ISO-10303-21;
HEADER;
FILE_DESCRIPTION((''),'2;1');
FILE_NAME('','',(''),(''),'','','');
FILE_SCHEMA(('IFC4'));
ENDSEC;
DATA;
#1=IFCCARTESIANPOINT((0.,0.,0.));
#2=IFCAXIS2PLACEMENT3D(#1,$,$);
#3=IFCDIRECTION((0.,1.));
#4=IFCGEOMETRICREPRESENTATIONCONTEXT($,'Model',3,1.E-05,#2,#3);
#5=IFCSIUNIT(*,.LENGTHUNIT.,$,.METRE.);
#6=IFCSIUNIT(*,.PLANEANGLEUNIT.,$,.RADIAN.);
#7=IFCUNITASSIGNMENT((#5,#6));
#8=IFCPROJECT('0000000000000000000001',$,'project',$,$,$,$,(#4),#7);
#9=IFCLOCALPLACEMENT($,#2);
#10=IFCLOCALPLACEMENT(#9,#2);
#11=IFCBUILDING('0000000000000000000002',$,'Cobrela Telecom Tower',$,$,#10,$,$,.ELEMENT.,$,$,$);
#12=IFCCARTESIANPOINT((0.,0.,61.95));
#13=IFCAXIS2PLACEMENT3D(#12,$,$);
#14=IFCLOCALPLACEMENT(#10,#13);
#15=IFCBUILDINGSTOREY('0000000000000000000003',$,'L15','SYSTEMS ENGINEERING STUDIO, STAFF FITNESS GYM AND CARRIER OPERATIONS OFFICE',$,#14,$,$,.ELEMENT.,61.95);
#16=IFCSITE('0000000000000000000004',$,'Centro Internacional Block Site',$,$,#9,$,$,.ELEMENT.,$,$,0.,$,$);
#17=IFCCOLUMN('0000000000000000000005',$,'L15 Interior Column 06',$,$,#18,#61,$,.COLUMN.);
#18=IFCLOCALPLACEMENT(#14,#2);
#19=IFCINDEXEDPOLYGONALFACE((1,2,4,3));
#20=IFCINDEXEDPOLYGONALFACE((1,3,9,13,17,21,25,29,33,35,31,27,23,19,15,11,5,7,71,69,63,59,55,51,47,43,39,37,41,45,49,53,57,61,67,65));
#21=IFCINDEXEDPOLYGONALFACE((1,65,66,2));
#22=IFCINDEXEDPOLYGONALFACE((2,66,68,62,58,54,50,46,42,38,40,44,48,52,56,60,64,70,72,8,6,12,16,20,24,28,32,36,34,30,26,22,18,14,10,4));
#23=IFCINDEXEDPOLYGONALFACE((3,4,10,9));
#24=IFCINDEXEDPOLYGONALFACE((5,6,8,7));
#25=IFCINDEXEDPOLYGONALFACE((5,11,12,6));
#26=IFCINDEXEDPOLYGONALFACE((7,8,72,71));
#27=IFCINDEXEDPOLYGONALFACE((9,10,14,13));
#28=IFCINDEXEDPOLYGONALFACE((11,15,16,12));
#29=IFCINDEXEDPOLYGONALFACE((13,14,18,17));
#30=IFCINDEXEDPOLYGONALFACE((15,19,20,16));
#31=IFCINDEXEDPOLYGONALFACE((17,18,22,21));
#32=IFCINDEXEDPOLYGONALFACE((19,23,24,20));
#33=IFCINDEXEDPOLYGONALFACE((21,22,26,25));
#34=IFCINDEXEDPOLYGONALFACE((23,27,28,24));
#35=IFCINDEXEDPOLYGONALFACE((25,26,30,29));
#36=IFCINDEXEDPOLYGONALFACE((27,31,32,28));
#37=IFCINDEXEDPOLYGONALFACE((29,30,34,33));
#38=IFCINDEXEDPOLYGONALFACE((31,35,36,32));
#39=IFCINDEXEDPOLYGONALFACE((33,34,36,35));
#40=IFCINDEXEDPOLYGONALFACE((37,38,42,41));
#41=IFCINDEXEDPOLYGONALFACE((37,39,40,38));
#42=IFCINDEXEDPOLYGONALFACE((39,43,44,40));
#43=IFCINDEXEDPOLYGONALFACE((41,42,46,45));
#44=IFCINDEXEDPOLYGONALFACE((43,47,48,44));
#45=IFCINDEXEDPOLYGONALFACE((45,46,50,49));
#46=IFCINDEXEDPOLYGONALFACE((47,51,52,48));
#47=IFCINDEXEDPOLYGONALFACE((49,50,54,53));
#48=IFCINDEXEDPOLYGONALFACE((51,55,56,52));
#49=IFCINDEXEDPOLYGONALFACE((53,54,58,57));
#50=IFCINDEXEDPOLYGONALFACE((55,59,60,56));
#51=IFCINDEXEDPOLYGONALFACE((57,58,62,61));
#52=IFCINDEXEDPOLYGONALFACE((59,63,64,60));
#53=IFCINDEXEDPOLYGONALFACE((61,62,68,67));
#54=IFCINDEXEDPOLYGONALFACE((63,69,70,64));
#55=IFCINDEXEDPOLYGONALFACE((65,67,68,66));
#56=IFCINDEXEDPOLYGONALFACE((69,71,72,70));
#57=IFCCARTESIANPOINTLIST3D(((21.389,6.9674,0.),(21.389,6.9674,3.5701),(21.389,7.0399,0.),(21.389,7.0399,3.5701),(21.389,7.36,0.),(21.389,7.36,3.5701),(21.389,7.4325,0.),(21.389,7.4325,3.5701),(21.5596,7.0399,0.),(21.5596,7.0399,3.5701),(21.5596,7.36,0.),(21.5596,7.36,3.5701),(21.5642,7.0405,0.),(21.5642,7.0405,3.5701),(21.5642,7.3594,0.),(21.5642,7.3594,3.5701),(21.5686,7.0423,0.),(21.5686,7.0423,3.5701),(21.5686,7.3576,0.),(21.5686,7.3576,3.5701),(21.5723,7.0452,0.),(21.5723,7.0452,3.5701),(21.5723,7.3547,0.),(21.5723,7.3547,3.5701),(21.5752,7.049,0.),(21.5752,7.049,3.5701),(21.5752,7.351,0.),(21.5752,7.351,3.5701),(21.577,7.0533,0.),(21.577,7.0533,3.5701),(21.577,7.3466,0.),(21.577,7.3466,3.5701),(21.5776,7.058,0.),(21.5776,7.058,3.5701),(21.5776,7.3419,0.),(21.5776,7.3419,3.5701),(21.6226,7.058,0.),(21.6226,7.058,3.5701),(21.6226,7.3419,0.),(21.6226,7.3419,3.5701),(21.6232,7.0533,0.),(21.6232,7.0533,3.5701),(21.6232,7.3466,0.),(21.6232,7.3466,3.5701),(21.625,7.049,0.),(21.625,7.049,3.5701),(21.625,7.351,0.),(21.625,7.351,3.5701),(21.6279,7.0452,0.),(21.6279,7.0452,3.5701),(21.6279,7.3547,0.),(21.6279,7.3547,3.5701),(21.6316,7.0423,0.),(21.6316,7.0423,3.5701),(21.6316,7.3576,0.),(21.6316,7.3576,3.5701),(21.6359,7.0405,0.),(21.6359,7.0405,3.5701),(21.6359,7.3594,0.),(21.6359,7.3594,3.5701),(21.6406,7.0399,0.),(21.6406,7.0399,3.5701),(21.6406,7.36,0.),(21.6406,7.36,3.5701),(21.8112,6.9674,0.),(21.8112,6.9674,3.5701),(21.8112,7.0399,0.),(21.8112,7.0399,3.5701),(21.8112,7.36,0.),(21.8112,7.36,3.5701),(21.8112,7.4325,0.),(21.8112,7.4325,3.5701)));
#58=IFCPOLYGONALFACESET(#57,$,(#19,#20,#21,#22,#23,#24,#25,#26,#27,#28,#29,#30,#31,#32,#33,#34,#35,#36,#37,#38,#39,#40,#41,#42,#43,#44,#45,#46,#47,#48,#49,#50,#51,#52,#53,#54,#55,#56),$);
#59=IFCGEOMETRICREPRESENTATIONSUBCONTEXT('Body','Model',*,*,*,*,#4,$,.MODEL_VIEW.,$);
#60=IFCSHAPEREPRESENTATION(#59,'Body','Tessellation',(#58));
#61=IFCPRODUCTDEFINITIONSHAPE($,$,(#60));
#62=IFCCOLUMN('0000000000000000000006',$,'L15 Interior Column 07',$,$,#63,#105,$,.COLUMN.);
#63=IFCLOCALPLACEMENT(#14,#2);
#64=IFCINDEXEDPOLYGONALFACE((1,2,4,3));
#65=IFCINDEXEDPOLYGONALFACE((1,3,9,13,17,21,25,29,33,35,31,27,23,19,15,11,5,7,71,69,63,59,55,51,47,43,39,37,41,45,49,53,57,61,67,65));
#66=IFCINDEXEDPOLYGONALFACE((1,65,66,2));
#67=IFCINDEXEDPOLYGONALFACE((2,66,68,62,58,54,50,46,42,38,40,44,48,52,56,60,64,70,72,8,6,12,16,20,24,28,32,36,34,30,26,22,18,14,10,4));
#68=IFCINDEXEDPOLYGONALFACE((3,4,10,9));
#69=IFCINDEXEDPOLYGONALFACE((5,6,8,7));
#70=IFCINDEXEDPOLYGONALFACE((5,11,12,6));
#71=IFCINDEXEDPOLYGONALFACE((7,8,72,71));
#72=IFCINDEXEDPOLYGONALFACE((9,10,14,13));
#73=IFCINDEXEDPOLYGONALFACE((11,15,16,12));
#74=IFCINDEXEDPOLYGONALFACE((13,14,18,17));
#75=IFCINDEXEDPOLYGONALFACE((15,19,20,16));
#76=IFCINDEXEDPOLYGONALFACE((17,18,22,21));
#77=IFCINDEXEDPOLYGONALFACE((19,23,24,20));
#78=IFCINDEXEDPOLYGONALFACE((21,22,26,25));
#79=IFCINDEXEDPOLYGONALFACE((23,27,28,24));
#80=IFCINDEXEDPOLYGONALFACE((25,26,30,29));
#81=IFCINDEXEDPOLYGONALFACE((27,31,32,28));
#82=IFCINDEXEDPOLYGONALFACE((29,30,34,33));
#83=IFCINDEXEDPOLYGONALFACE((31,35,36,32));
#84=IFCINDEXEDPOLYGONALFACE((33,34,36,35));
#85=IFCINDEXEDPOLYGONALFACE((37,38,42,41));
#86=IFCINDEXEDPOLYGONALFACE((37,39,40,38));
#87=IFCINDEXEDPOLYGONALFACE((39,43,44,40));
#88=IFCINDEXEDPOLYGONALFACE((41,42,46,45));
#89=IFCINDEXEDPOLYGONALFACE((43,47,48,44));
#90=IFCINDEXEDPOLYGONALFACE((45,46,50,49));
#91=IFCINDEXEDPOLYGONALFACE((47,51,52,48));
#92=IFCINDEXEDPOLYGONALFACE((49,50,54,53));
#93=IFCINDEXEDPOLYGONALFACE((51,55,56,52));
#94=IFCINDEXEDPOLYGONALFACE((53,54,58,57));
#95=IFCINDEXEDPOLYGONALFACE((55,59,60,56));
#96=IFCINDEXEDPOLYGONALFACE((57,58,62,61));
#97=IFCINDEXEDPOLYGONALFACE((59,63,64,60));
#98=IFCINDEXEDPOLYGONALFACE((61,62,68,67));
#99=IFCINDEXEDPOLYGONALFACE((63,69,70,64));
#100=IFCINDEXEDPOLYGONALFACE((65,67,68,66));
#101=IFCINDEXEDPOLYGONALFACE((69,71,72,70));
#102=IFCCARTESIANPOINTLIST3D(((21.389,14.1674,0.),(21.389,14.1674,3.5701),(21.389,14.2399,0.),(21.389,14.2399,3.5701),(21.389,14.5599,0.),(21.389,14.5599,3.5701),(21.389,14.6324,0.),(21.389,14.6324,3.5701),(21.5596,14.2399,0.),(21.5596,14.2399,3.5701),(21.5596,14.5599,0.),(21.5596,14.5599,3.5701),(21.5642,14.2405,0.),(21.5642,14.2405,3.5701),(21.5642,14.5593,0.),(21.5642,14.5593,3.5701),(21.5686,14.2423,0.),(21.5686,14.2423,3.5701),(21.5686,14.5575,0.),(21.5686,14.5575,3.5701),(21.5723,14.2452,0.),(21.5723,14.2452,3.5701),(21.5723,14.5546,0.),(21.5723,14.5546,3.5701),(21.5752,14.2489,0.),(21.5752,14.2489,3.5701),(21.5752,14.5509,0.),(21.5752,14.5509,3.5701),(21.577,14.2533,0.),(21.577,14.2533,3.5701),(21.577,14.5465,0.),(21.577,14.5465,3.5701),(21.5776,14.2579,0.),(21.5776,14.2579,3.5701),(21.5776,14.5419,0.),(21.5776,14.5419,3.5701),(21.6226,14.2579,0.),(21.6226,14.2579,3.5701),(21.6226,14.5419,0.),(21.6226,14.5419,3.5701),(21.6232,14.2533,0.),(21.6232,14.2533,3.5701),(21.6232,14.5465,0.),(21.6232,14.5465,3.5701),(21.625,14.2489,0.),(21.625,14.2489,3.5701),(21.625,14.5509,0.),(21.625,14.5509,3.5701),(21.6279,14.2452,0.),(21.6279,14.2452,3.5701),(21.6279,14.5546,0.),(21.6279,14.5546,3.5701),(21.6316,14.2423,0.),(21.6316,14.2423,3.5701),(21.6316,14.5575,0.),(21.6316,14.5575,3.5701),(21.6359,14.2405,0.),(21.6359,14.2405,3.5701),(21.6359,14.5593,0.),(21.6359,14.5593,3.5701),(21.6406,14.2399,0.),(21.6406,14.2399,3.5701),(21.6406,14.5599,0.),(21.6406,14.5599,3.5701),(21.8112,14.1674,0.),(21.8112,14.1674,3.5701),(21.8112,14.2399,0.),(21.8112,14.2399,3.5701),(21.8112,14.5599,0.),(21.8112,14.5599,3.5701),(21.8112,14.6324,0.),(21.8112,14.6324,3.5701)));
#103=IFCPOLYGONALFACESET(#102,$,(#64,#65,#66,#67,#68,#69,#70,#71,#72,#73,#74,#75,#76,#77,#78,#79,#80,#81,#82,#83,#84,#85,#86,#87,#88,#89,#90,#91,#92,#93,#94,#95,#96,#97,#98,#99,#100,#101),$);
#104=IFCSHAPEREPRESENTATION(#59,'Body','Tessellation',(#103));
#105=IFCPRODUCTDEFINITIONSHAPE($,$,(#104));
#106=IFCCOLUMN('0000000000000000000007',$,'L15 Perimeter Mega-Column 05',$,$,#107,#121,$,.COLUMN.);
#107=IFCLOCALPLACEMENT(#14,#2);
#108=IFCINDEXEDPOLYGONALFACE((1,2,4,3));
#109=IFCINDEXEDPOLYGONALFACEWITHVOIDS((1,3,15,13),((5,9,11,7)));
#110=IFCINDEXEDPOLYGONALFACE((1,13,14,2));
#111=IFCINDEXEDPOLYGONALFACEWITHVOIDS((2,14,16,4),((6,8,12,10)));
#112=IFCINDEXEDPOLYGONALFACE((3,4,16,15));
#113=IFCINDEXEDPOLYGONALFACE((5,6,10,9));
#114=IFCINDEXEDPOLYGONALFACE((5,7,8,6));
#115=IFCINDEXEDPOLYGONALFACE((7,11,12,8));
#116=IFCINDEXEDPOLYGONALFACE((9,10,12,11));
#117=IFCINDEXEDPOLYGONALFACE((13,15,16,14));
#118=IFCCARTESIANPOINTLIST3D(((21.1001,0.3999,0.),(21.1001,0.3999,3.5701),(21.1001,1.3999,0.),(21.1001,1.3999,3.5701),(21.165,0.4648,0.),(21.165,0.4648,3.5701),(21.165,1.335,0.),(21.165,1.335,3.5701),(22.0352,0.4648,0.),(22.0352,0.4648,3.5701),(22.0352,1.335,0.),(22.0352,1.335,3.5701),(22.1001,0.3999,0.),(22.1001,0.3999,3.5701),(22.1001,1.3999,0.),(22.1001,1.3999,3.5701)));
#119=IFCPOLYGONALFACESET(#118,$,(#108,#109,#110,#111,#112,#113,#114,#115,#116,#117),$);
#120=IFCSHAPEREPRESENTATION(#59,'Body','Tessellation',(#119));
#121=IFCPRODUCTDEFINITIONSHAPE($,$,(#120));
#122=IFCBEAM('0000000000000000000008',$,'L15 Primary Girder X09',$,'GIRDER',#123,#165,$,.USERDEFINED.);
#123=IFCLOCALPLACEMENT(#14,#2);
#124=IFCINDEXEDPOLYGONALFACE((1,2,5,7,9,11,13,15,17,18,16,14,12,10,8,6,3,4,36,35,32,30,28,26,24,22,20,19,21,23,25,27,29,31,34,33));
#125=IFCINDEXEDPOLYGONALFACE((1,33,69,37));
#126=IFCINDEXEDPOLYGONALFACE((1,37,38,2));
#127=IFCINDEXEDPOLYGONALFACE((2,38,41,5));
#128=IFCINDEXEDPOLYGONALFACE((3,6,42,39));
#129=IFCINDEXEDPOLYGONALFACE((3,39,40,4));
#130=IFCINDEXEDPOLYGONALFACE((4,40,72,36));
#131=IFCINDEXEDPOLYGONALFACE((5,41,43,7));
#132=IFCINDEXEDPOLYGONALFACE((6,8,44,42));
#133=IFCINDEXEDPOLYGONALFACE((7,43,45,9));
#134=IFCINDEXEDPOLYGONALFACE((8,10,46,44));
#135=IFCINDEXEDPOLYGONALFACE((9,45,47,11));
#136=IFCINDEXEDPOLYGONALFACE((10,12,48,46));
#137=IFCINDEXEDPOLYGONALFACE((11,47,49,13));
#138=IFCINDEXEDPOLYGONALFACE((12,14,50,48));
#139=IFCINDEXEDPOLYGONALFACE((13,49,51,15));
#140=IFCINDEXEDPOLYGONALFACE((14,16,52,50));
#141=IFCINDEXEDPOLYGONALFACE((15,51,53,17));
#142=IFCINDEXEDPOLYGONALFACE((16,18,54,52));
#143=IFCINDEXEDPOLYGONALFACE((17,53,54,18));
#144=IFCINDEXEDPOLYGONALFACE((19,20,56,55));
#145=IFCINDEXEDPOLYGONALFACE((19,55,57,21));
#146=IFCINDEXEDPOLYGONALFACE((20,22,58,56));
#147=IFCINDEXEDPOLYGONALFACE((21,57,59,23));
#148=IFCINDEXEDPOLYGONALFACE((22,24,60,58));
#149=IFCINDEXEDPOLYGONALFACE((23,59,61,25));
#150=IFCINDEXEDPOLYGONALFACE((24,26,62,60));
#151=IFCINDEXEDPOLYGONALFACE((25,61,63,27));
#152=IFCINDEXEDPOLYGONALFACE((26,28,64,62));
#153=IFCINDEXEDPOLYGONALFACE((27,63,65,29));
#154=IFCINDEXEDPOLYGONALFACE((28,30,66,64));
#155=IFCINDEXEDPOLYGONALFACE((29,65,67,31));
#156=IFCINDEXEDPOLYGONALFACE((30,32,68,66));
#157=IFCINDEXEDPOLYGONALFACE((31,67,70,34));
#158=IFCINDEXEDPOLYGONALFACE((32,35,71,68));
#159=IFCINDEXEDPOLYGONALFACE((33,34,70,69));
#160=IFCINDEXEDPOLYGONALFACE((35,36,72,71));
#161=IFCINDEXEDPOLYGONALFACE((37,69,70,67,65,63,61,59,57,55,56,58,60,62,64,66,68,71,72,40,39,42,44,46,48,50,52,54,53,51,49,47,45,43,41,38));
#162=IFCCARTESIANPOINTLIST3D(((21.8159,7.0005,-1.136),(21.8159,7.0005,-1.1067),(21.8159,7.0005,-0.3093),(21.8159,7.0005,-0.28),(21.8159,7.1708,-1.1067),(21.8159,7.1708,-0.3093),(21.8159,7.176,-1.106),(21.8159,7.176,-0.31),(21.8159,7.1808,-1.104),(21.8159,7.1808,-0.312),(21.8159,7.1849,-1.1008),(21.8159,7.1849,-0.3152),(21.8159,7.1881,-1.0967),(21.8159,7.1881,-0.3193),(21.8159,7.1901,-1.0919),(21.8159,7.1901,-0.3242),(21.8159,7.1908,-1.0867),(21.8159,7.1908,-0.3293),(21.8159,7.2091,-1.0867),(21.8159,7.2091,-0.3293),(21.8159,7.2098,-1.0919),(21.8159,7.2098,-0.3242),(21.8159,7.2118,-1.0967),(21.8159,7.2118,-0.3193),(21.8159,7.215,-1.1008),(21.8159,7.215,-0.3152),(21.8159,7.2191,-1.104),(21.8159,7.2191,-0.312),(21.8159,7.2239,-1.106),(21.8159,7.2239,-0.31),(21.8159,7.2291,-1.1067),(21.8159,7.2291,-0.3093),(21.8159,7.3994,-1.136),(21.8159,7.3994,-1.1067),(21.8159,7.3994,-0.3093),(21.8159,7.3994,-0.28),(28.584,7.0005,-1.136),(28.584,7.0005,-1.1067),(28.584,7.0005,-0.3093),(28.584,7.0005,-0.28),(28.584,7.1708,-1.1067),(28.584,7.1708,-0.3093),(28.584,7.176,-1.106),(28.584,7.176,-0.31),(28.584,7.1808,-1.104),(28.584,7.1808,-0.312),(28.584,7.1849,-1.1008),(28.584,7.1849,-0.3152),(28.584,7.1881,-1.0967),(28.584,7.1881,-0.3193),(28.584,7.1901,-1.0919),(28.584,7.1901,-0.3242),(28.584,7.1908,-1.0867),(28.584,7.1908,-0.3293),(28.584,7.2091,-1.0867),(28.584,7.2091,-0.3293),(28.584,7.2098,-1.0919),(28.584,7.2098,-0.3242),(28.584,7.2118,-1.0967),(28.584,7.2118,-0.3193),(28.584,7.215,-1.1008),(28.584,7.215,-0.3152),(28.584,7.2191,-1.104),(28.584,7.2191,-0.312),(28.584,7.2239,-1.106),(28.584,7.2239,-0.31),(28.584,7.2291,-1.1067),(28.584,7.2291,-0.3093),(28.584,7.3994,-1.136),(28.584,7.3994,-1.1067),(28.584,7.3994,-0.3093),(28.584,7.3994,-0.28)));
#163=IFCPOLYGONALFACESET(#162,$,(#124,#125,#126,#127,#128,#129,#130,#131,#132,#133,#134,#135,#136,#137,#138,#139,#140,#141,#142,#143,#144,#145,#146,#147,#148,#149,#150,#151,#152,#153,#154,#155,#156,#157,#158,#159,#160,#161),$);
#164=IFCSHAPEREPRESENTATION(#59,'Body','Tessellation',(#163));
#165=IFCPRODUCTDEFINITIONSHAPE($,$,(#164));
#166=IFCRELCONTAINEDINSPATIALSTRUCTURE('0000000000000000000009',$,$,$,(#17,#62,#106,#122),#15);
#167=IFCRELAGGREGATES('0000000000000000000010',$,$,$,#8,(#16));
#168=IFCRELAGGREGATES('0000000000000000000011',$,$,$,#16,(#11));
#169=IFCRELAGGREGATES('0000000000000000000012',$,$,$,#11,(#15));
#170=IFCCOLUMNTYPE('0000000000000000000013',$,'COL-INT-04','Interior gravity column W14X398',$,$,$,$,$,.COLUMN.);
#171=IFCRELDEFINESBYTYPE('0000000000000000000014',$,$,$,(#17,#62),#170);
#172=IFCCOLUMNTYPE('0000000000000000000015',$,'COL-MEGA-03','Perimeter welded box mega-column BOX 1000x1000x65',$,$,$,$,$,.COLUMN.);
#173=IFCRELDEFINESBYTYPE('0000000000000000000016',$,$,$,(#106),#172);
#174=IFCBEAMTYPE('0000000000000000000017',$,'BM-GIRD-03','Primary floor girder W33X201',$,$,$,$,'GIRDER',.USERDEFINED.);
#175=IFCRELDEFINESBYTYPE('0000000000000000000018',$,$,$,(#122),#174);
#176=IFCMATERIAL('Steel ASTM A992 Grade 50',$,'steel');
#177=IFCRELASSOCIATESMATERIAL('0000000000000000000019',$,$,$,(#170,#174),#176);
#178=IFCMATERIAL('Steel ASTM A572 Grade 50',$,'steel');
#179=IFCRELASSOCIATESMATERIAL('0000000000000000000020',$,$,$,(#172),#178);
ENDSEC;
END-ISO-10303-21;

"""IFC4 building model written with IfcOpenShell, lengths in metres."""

from ifc_helpers import new_model, si_unit, direction, frame, origin, origin_2d, place, context, subcontext, project, spatial, hollow_rectangle, i_section, extrude, material, material_profile, profile_set, type_object, element, save


model = new_model("IFC4")

# Units and contexts
model_context = context("Model", 3, precision=1e-05, world=origin(), true_north=direction((0.0, 1.0)))
body_context = subcontext(model_context, "Body", "Model", "MODEL_VIEW")
ifc_project = project(units=[si_unit("LENGTHUNIT", "METRE"), si_unit("PLANEANGLEUNIT", "RADIAN")], contexts=[model_context])

# Site, building, storey
site_placement = place(None, origin())
site = spatial("IfcSite", under=ifc_project, at=site_placement, Name="Centro Internacional Block Site", CompositionType="ELEMENT", RefElevation=0.0)
building_placement = place(site_placement, origin())
building = spatial("IfcBuilding", under=site, at=building_placement, Name="Cobrela Telecom Tower", CompositionType="ELEMENT")
storey_placement = place(building_placement, frame((0.0, 0.0, 61.95)))
storey = spatial("IfcBuildingStorey", under=building, at=storey_placement, Name="L15", Description="SYSTEMS ENGINEERING STUDIO, STAFF FITNESS GYM AND CARRIER OPERATIONS OFFICE", CompositionType="ELEMENT", Elevation=61.95)

# Columns
ifc_material_1 = material(Name="Steel ASTM A992 Grade 50", Category="steel")
ifc_material_profile_1 = material_profile(ifc_material_1, i_section(OverallWidth=0.4221, OverallDepth=0.4651, WebThickness=0.0449, FlangeThickness=0.0725, FilletRadius=0.0181, at=origin_2d()), Name="W14X398")
ifc_profile_set_1 = profile_set([ifc_material_profile_1], Name="Steel ASTM A992 Grade 50")
column_type_1 = type_object("IfcColumnType", Name="COL-INT-04", Description="Interior gravity column W14X398", PredefinedType="COLUMN", material=ifc_profile_set_1)
for number, where, z_axis, x_axis, name in (
    (1, (21.6001, 7.2, 0.0), (0.0, 0.0, 1.0), (1.0, 0.0, 0.0), "L15 Interior Column 06"),
    (2, (21.6001, 14.3999, 0.0), (0.0, 0.0, 1.0), (1.0, 0.0, 0.0), "L15 Interior Column 07"),
):
    element("IfcColumn", number, at=place(storey_placement, frame(where, z_axis=z_axis, x_axis=x_axis)), inside=storey, type_object=column_type_1, Name=name, PredefinedType="COLUMN", context=body_context, shape_type="SweptSolid", body=[
        extrude(i_section(OverallWidth=0.4221, OverallDepth=0.4651, WebThickness=0.0449, FlangeThickness=0.0725, FilletRadius=0.0181, at=origin_2d()), origin(), (0.0, 0.0, 1.0), 3.5701),
    ])
ifc_material_2 = material(Name="Steel ASTM A572 Grade 50", Category="steel")
ifc_material_profile_2 = material_profile(ifc_material_2, hollow_rectangle(XDim=1.0, YDim=1.0, WallThickness=0.0649, at=origin_2d()), Name="BOX 1000x1000x65")
ifc_profile_set_2 = profile_set([ifc_material_profile_2], Name="Steel ASTM A572 Grade 50")
column_type_2 = type_object("IfcColumnType", Name="COL-MEGA-03", Description="Perimeter welded box mega-column BOX 1000x1000x65", PredefinedType="COLUMN", material=ifc_profile_set_2)
column_placement = place(storey_placement, frame((21.6001, 0.8999, 0.0), z_axis=(0.0, 0.0, 1.0), x_axis=(1.0, 0.0, 0.0)))
element("IfcColumn", 3, at=column_placement, inside=storey, type_object=column_type_2, Name="L15 Perimeter Mega-Column 05", PredefinedType="COLUMN", context=body_context, shape_type="SweptSolid", body=[
    extrude(hollow_rectangle(XDim=1.0, YDim=1.0, WallThickness=0.0649, at=origin_2d()), origin(), (0.0, 0.0, 1.0), 3.5701),
])

# Beam
ifc_material_profile_3 = material_profile(ifc_material_1, i_section(OverallWidth=0.3989, OverallDepth=0.856, WebThickness=0.0183, FlangeThickness=0.0293, FilletRadius=0.02, at=origin_2d()), Name="W33X201")
ifc_profile_set_3 = profile_set([ifc_material_profile_3], Name="Steel ASTM A992 Grade 50")
beam_type_1 = type_object("IfcBeamType", Name="BM-GIRD-03", Description="Primary floor girder W33X201", ElementType="GIRDER", PredefinedType="USERDEFINED", material=ifc_profile_set_3)
for number, where, z_axis, x_axis, name in (
    (4, (21.8159, 7.2, -0.708), (1.0, 0.0, 0.0), (0.0, 1.0, 0.0), "L15 Primary Girder X09"),
):
    element("IfcBeam", number, at=place(storey_placement, frame(where, z_axis=z_axis, x_axis=x_axis)), inside=storey, type_object=beam_type_1, Name=name, ObjectType="GIRDER", PredefinedType="USERDEFINED", context=body_context, shape_type="SweptSolid", body=[
        extrude(i_section(OverallWidth=0.3989, OverallDepth=0.856, WebThickness=0.0183, FlangeThickness=0.0293, FilletRadius=0.02, at=origin_2d()), origin(), (0.0, 0.0, 1.0), 6.7681),
    ])

save(model, "model.ifc")
